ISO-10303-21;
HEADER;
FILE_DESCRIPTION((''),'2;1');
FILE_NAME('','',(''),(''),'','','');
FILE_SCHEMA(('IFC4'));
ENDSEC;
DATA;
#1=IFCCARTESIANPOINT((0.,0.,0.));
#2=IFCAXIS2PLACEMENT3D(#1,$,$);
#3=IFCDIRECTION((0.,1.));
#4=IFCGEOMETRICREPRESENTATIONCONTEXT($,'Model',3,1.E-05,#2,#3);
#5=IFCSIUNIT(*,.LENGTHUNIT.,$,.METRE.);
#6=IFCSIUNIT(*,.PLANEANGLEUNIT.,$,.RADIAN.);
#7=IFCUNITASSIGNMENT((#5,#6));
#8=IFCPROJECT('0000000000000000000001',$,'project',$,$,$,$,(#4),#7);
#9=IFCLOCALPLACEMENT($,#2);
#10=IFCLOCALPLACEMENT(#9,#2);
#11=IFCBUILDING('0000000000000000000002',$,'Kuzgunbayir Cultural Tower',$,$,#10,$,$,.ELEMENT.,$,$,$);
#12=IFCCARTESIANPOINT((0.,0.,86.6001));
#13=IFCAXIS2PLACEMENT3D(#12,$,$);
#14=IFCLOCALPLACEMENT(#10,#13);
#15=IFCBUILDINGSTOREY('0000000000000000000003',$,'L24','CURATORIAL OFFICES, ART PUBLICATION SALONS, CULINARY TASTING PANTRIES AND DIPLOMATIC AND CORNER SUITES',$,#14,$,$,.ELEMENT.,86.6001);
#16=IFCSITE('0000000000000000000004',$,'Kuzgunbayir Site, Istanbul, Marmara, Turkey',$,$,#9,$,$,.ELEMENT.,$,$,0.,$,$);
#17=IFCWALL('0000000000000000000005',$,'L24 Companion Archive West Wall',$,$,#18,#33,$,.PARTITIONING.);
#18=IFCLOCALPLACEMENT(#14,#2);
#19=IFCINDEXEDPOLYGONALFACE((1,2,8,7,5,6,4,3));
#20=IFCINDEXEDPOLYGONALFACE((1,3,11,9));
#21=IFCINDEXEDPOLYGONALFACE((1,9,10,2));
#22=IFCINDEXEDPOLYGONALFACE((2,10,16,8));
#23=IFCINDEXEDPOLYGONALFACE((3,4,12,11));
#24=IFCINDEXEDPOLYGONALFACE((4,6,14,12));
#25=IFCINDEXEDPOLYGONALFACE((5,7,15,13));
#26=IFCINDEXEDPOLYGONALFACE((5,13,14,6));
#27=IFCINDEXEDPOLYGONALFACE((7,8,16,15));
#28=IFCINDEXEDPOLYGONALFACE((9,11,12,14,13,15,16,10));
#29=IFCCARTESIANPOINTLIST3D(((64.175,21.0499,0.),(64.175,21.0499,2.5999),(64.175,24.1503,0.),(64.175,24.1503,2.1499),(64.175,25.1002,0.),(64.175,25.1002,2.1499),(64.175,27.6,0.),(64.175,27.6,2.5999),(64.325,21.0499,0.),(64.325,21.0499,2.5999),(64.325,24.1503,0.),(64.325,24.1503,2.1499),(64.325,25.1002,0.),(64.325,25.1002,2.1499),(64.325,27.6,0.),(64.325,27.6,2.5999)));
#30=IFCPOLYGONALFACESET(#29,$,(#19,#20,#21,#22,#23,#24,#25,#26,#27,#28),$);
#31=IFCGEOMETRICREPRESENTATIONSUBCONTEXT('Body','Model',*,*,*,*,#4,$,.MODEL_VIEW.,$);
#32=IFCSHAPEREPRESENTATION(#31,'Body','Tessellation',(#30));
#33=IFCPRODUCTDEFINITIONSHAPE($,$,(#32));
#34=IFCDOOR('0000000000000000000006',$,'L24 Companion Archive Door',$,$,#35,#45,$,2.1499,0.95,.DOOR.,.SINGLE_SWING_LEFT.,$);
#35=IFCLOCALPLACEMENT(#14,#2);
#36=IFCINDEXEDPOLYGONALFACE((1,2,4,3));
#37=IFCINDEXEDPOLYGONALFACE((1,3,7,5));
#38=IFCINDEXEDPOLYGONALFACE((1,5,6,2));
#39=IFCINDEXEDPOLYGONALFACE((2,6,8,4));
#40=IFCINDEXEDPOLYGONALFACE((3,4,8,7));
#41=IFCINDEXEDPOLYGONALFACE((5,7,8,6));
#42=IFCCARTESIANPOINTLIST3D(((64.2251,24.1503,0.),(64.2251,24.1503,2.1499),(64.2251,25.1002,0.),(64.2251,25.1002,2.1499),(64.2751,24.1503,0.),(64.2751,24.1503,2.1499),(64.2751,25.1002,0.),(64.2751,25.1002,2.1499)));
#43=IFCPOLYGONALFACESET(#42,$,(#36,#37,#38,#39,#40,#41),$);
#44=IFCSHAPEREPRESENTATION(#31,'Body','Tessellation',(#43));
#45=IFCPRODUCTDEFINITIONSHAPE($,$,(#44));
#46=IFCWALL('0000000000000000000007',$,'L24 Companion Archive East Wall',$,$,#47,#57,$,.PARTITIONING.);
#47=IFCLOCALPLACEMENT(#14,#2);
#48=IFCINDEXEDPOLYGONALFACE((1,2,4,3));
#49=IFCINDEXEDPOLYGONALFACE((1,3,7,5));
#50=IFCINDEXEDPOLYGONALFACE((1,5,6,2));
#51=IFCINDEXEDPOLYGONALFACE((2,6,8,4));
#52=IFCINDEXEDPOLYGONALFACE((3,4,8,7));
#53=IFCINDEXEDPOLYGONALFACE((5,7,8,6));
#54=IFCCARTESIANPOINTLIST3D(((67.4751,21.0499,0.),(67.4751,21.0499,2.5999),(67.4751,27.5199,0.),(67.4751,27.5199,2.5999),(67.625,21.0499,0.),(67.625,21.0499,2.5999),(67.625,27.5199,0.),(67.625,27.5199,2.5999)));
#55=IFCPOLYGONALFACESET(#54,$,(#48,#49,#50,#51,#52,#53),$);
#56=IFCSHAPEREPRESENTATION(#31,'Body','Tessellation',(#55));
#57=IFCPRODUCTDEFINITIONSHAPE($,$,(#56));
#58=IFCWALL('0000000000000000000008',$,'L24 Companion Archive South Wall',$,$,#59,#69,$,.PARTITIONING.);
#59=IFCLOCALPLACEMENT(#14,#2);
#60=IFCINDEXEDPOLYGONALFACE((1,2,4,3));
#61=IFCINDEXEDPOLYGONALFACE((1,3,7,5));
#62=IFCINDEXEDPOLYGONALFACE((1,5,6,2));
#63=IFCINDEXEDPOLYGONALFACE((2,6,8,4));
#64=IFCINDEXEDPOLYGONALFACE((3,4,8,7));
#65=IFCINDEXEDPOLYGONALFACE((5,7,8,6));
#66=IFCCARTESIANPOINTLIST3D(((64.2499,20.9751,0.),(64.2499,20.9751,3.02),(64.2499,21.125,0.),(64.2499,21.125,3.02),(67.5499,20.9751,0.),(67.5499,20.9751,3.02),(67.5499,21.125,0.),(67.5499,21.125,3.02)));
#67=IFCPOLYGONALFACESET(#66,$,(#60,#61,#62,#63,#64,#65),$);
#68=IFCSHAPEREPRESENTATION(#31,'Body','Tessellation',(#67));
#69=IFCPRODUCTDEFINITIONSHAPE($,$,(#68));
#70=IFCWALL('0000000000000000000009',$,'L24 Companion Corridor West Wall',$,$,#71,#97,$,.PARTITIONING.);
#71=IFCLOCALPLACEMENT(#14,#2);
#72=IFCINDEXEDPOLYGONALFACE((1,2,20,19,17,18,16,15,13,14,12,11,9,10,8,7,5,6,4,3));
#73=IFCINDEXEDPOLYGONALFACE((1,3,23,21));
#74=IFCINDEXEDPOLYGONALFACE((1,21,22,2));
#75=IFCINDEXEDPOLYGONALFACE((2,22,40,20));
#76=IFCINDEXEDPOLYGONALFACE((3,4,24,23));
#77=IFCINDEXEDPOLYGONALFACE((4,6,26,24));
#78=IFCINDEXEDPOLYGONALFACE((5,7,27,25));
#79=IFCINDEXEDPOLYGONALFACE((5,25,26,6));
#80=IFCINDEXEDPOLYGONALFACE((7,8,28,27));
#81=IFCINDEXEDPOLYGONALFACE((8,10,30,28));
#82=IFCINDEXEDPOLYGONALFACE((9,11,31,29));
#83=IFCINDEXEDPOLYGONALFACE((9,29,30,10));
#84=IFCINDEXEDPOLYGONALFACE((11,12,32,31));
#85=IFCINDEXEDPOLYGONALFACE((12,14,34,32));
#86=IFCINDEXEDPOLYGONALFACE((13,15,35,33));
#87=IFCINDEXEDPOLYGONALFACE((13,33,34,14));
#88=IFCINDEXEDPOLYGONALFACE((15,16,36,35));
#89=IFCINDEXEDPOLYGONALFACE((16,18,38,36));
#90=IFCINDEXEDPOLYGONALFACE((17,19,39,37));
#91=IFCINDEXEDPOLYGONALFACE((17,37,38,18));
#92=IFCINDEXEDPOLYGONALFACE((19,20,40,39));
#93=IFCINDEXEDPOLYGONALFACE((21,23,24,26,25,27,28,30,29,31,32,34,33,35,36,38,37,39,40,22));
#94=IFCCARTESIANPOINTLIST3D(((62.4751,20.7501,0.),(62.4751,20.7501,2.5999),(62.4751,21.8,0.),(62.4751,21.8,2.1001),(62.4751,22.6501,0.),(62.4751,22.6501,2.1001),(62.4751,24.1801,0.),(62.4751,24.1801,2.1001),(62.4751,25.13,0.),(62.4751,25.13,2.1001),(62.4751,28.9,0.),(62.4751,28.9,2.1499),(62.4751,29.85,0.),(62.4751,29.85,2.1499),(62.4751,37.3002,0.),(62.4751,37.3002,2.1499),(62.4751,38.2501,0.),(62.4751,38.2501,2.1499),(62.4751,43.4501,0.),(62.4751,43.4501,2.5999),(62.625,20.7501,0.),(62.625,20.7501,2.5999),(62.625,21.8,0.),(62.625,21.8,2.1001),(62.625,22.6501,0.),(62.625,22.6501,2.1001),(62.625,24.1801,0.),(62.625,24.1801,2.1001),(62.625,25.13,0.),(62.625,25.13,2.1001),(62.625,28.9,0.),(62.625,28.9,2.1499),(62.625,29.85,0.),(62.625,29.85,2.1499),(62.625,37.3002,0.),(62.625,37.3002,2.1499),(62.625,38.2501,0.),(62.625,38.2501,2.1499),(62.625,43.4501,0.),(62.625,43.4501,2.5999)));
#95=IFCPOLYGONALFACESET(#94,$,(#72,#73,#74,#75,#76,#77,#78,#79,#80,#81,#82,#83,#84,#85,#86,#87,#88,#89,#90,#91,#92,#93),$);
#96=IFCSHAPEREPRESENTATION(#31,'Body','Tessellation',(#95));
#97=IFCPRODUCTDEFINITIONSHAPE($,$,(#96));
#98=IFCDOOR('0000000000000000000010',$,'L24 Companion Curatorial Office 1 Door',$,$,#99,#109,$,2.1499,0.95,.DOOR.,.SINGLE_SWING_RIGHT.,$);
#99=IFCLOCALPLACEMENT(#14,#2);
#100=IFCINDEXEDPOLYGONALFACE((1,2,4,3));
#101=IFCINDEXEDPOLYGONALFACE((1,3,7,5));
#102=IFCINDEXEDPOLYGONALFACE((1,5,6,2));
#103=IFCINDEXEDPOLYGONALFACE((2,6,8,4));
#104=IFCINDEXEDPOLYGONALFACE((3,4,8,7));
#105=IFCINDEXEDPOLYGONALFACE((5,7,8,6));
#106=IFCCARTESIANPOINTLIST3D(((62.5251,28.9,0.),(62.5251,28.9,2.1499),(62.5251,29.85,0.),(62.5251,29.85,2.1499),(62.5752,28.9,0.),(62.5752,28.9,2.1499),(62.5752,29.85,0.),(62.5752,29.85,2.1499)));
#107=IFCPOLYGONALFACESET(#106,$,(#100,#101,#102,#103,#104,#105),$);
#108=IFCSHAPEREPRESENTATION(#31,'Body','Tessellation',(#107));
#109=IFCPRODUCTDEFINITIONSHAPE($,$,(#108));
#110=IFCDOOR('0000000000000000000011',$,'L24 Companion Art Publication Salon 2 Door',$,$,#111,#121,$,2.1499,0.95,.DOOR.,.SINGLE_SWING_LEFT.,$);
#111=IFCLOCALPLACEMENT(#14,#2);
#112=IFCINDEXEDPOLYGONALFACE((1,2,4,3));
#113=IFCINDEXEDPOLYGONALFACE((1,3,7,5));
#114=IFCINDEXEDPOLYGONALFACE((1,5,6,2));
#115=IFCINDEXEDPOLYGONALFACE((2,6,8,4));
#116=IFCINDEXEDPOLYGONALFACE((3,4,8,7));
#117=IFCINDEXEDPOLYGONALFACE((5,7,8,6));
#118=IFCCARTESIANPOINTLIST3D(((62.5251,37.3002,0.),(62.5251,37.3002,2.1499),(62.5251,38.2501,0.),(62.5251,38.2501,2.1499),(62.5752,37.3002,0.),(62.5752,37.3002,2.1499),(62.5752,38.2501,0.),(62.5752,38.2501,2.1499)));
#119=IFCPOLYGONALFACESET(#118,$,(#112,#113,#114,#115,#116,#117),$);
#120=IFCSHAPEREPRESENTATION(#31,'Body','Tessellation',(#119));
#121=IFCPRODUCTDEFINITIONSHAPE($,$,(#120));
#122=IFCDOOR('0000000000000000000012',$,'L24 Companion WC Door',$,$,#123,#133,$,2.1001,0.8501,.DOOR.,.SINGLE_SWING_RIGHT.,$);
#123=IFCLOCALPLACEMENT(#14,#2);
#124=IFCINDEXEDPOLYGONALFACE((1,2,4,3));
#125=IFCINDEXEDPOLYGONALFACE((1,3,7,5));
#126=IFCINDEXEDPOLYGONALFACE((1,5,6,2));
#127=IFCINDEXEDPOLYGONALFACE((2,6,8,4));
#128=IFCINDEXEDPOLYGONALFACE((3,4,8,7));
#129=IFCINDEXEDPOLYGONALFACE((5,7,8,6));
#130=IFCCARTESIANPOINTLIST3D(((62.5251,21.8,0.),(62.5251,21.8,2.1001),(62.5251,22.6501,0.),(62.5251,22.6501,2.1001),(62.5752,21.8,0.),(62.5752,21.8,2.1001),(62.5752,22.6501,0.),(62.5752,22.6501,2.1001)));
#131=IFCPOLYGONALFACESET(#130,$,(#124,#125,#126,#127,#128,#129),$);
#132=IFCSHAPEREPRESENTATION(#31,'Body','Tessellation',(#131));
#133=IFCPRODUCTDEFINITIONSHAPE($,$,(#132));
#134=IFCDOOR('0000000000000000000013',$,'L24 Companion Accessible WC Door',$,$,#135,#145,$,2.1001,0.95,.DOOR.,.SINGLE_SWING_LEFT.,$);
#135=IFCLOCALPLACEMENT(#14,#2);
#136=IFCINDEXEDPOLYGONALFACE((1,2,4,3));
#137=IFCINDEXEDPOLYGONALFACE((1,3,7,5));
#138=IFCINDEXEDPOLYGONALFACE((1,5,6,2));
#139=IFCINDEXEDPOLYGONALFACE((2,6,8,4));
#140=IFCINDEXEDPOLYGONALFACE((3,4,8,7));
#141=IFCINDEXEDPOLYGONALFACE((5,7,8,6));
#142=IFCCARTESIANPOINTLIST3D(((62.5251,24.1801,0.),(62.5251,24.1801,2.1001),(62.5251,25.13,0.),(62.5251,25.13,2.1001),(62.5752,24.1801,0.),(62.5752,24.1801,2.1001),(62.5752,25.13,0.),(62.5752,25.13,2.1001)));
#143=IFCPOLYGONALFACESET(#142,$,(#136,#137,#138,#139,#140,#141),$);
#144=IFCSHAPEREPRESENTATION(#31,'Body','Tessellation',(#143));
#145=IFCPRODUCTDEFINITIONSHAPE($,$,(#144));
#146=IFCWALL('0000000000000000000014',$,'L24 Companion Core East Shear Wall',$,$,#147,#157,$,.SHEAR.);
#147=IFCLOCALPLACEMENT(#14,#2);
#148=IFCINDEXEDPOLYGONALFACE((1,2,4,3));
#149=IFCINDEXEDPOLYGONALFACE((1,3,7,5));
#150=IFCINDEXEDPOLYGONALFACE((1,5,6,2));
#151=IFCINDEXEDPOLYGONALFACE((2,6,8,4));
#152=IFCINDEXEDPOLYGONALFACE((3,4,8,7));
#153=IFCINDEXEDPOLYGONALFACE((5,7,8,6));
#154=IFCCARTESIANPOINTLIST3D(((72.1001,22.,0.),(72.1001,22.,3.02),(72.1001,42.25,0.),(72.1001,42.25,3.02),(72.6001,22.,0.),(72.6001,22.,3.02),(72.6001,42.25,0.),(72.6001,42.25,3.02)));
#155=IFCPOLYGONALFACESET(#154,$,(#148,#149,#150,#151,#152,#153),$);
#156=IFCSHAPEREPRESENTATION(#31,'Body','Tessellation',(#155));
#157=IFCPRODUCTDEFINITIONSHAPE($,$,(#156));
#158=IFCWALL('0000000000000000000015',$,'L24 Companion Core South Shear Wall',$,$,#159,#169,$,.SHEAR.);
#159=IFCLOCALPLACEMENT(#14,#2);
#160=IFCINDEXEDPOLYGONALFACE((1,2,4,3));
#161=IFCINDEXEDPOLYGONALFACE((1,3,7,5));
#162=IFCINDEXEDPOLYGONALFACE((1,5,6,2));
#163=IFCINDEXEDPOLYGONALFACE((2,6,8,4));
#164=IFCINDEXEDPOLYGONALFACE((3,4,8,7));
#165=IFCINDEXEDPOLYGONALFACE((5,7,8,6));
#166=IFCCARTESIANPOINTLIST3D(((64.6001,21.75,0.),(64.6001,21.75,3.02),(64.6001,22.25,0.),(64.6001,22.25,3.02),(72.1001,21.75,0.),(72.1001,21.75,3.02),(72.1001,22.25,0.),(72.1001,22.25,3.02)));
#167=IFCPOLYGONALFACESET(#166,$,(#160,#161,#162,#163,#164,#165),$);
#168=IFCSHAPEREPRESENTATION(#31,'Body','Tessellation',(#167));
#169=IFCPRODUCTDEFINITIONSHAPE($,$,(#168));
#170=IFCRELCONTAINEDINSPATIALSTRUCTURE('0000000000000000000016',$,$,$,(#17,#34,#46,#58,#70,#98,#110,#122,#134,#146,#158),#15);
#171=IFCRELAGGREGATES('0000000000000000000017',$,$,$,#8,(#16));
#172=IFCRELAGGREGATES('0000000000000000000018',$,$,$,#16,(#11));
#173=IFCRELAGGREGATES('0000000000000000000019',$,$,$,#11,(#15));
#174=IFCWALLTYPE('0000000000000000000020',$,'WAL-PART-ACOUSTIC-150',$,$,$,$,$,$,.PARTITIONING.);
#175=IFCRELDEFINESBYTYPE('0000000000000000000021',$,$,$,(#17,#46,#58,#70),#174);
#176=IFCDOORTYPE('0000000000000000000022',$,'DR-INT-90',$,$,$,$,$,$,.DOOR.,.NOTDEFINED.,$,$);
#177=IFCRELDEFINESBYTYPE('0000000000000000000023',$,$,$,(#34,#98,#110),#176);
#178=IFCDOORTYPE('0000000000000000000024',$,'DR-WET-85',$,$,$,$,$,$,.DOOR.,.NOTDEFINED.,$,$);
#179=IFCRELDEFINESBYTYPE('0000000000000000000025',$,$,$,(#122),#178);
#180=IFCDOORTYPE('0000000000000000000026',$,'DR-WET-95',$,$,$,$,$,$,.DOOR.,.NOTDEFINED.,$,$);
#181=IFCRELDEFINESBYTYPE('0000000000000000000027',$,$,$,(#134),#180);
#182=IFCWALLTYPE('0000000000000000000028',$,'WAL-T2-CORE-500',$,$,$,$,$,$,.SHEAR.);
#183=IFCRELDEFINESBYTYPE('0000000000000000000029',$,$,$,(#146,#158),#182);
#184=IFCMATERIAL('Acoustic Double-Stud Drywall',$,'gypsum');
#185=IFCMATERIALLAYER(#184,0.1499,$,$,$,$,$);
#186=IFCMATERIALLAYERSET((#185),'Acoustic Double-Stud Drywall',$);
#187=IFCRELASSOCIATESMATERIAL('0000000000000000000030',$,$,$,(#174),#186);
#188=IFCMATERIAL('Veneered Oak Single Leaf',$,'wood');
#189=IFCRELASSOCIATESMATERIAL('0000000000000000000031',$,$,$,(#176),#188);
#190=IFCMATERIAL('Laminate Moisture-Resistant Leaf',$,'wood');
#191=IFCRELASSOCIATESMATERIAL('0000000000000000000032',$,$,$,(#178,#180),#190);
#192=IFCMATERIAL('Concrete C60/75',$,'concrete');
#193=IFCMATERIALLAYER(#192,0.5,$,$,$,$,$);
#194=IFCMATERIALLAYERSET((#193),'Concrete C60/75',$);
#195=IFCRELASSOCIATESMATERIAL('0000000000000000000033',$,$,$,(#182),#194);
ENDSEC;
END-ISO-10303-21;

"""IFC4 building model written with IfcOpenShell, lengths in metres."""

from ifc_helpers import new_model, si_unit, direction, frame, frame_2d, origin, place, context, subcontext, project, spatial, rectangle, extrude, material, layer, layer_set, type_object, element, fill, save


model = new_model("IFC4")

# Units and contexts
model_context = context("Model", 3, precision=1e-05, world=origin(), true_north=direction((0.0, 1.0)))
body_context = subcontext(model_context, "Body", "Model", "MODEL_VIEW")
ifc_project = project(units=[si_unit("LENGTHUNIT", "METRE"), si_unit("PLANEANGLEUNIT", "RADIAN")], contexts=[model_context])

# Site, building, storey
site_placement = place(None, origin())
site = spatial("IfcSite", under=ifc_project, at=site_placement, Name="Kuzgunbayir Site, Istanbul, Marmara, Turkey", CompositionType="ELEMENT", RefElevation=0.0)
building_placement = place(site_placement, origin())
building = spatial("IfcBuilding", under=site, at=building_placement, Name="Kuzgunbayir Cultural Tower", CompositionType="ELEMENT")
storey_placement = place(building_placement, frame((0.0, 0.0, 86.6001)))
storey = spatial("IfcBuildingStorey", under=building, at=storey_placement, Name="L24", Description="CURATORIAL OFFICES, ART PUBLICATION SALONS, CULINARY TASTING PANTRIES AND DIPLOMATIC AND CORNER SUITES", CompositionType="ELEMENT", Elevation=86.6001)

# Shared definitions
ifc_material_1 = material(Name="Concrete C60/75", Category="concrete")

# Wall, opening, door
ifc_material_2 = material(Name="Acoustic Double-Stud Drywall", Category="gypsum")
ifc_layer_1 = layer(ifc_material_2, 0.1499)
ifc_layer_set_1 = layer_set([ifc_layer_1], Name="Acoustic Double-Stud Drywall")
wall_type_1 = type_object("IfcWallType", Name="WAL-PART-ACOUSTIC-150", PredefinedType="PARTITIONING", material=ifc_layer_set_1)
wall_1_placement = place(storey_placement, frame((64.25, 21.05, 0.0), z_axis=(0.0, 0.0, 1.0), x_axis=(0.0, 1.0, 0.0)))
wall_1 = element("IfcWall", 1, at=wall_1_placement, inside=storey, type_object=wall_type_1, Name="L24 Companion Archive West Wall", PredefinedType="PARTITIONING", context=body_context, shape_type="SweptSolid", body=[
    extrude(rectangle(XDim=6.55, YDim=0.1499, at=frame_2d((3.2749, 0.0))), origin(), (0.0, 0.0, 1.0), 2.5999),
])
opening_1_placement = place(wall_1_placement, frame((3.1001, 0.0, 0.0)))
opening_1 = element("IfcOpeningElement", 2, at=opening_1_placement, cuts=wall_1, PredefinedType="OPENING", context=body_context, shape_type="SweptSolid", body=[
    extrude(rectangle(XDim=0.95, YDim=2.1499, at=frame_2d((0.4751, 1.075))), frame((0.0, 0.085, 0.0), z_axis=(0.0, -1.0, 0.0), x_axis=(1.0, 0.0, 0.0)), (0.0, 0.0, 1.0), 0.1699),
])
ifc_material_3 = material(Name="Veneered Oak Single Leaf", Category="wood")
door_type_1 = type_object("IfcDoorType", Name="DR-INT-90", OperationType="NOTDEFINED", PredefinedType="DOOR", material=ifc_material_3)
door_1_placement = place(opening_1_placement, origin())
door_1 = element("IfcDoor", 3, at=door_1_placement, inside=storey, type_object=door_type_1, Name="L24 Companion Archive Door", OperationType="SINGLE_SWING_LEFT", OverallHeight=2.1499, OverallWidth=0.95, PredefinedType="DOOR", context=body_context, shape_type="SweptSolid", body=[
    extrude(rectangle(XDim=0.95, YDim=2.1499, at=frame_2d((0.4751, 1.075))), frame((0.0, 0.0249, 0.0), z_axis=(0.0, -1.0, 0.0), x_axis=(1.0, 0.0, 0.0)), (0.0, 0.0, 1.0), 0.05),
])
fill(opening_1, door_1)

# Walls
wall_2_placement = place(storey_placement, frame((67.55, 21.05, 0.0), z_axis=(0.0, 0.0, 1.0), x_axis=(0.0, 1.0, 0.0)))
element("IfcWall", 4, at=wall_2_placement, inside=storey, type_object=wall_type_1, Name="L24 Companion Archive East Wall", PredefinedType="PARTITIONING", context=body_context, shape_type="SweptSolid", body=[
    extrude(rectangle(XDim=6.47, YDim=0.1499, at=frame_2d((3.2349, 0.0))), origin(), (0.0, 0.0, 1.0), 2.5999),
])
wall_3_placement = place(storey_placement, frame((64.25, 21.05, 0.0), z_axis=(0.0, 0.0, 1.0), x_axis=(1.0, 0.0, 0.0)))
element("IfcWall", 5, at=wall_3_placement, inside=storey, type_object=wall_type_1, Name="L24 Companion Archive South Wall", PredefinedType="PARTITIONING", context=body_context, shape_type="SweptSolid", body=[
    extrude(rectangle(XDim=3.3, YDim=0.1499, at=frame_2d((1.6499, 0.0))), origin(), (0.0, 0.0, 1.0), 3.02),
])

# Wall, openings, doors
wall_4_placement = place(storey_placement, frame((62.55, 20.75, 0.0), z_axis=(0.0, 0.0, 1.0), x_axis=(0.0, 1.0, 0.0)))
wall_4 = element("IfcWall", 6, at=wall_4_placement, inside=storey, type_object=wall_type_1, Name="L24 Companion Corridor West Wall", PredefinedType="PARTITIONING", context=body_context, shape_type="SweptSolid", body=[
    extrude(rectangle(XDim=22.7, YDim=0.1499, at=frame_2d((11.3501, 0.0))), origin(), (0.0, 0.0, 1.0), 2.5999),
])
opening_2_placement = place(wall_4_placement, frame((1.05, 0.0, 0.0)))
opening_2 = element("IfcOpeningElement", 7, at=opening_2_placement, cuts=wall_4, PredefinedType="OPENING", context=body_context, shape_type="SweptSolid", body=[
    extrude(rectangle(XDim=0.8501, YDim=2.1001, at=frame_2d((0.425, 1.05))), frame((0.0, 0.085, 0.0), z_axis=(0.0, -1.0, 0.0), x_axis=(1.0, 0.0, 0.0)), (0.0, 0.0, 1.0), 0.1699),
])
opening_3_placement = place(wall_4_placement, frame((3.4299, 0.0, 0.0)))
opening_3 = element("IfcOpeningElement", 8, at=opening_3_placement, cuts=wall_4, PredefinedType="OPENING", context=body_context, shape_type="SweptSolid", body=[
    extrude(rectangle(XDim=0.95, YDim=2.1001, at=frame_2d((0.4751, 1.05))), frame((0.0, 0.085, 0.0), z_axis=(0.0, -1.0, 0.0), x_axis=(1.0, 0.0, 0.0)), (0.0, 0.0, 1.0), 0.1699),
])
opening_4_placement = place(wall_4_placement, frame((8.1499, 0.0, 0.0)))
opening_4 = element("IfcOpeningElement", 9, at=opening_4_placement, cuts=wall_4, PredefinedType="OPENING", context=body_context, shape_type="SweptSolid", body=[
    extrude(rectangle(XDim=0.95, YDim=2.1499, at=frame_2d((0.4751, 1.075))), frame((0.0, 0.085, 0.0), z_axis=(0.0, -1.0, 0.0), x_axis=(1.0, 0.0, 0.0)), (0.0, 0.0, 1.0), 0.1699),
])
opening_5_placement = place(wall_4_placement, frame((16.55, 0.0, 0.0)))
opening_5 = element("IfcOpeningElement", 10, at=opening_5_placement, cuts=wall_4, PredefinedType="OPENING", context=body_context, shape_type="SweptSolid", body=[
    extrude(rectangle(XDim=0.95, YDim=2.1499, at=frame_2d((0.4751, 1.075))), frame((0.0, 0.085, 0.0), z_axis=(0.0, -1.0, 0.0), x_axis=(1.0, 0.0, 0.0)), (0.0, 0.0, 1.0), 0.1699),
])
door_2_placement = place(opening_4_placement, origin())
door_2 = element("IfcDoor", 11, at=door_2_placement, inside=storey, type_object=door_type_1, Name="L24 Companion Curatorial Office 1 Door", OperationType="SINGLE_SWING_RIGHT", OverallHeight=2.1499, OverallWidth=0.95, PredefinedType="DOOR", context=body_context, shape_type="SweptSolid", body=[
    extrude(rectangle(XDim=0.95, YDim=2.1499, at=frame_2d((0.4751, 1.075))), frame((0.0, 0.0249, 0.0), z_axis=(0.0, -1.0, 0.0), x_axis=(1.0, 0.0, 0.0)), (0.0, 0.0, 1.0), 0.05),
])
fill(opening_4, door_2)
door_3_placement = place(opening_5_placement, origin())
door_3 = element("IfcDoor", 12, at=door_3_placement, inside=storey, type_object=door_type_1, Name="L24 Companion Art Publication Salon 2 Door", OperationType="SINGLE_SWING_LEFT", OverallHeight=2.1499, OverallWidth=0.95, PredefinedType="DOOR", context=body_context, shape_type="SweptSolid", body=[
    extrude(rectangle(XDim=0.95, YDim=2.1499, at=frame_2d((0.4751, 1.075))), frame((0.0, 0.0249, 0.0), z_axis=(0.0, -1.0, 0.0), x_axis=(1.0, 0.0, 0.0)), (0.0, 0.0, 1.0), 0.05),
])
fill(opening_5, door_3)
ifc_material_4 = material(Name="Laminate Moisture-Resistant Leaf", Category="wood")
door_type_2 = type_object("IfcDoorType", Name="DR-WET-85", OperationType="NOTDEFINED", PredefinedType="DOOR", material=ifc_material_4)
door_4_placement = place(opening_2_placement, origin())
door_4 = element("IfcDoor", 13, at=door_4_placement, inside=storey, type_object=door_type_2, Name="L24 Companion WC Door", OperationType="SINGLE_SWING_RIGHT", OverallHeight=2.1001, OverallWidth=0.8501, PredefinedType="DOOR", context=body_context, shape_type="SweptSolid", body=[
    extrude(rectangle(XDim=0.8501, YDim=2.1001, at=frame_2d((0.425, 1.05))), frame((0.0, 0.0249, 0.0), z_axis=(0.0, -1.0, 0.0), x_axis=(1.0, 0.0, 0.0)), (0.0, 0.0, 1.0), 0.05),
])
fill(opening_2, door_4)
door_type_3 = type_object("IfcDoorType", Name="DR-WET-95", OperationType="NOTDEFINED", PredefinedType="DOOR", material=ifc_material_4)
door_5_placement = place(opening_3_placement, origin())
door_5 = element("IfcDoor", 14, at=door_5_placement, inside=storey, type_object=door_type_3, Name="L24 Companion Accessible WC Door", OperationType="SINGLE_SWING_LEFT", OverallHeight=2.1001, OverallWidth=0.95, PredefinedType="DOOR", context=body_context, shape_type="SweptSolid", body=[
    extrude(rectangle(XDim=0.95, YDim=2.1001, at=frame_2d((0.4751, 1.05))), frame((0.0, 0.0249, 0.0), z_axis=(0.0, -1.0, 0.0), x_axis=(1.0, 0.0, 0.0)), (0.0, 0.0, 1.0), 0.05),
])
fill(opening_3, door_5)

# Walls
ifc_layer_2 = layer(ifc_material_1, 0.5)
ifc_layer_set_2 = layer_set([ifc_layer_2], Name="Concrete C60/75")
wall_type_2 = type_object("IfcWallType", Name="WAL-T2-CORE-500", PredefinedType="SHEAR", material=ifc_layer_set_2)
wall_5_placement = place(storey_placement, frame((72.3501, 22.0, 0.0), z_axis=(0.0, 0.0, 1.0), x_axis=(0.0, 1.0, 0.0)))
element("IfcWall", 15, at=wall_5_placement, inside=storey, type_object=wall_type_2, Name="L24 Companion Core East Shear Wall", PredefinedType="SHEAR", context=body_context, shape_type="SweptSolid", body=[
    extrude(rectangle(XDim=20.25, YDim=0.5, at=frame_2d((10.125, 0.0))), origin(), (0.0, 0.0, 1.0), 3.02),
])
wall_6_placement = place(storey_placement, frame((64.6001, 22.0, 0.0), z_axis=(0.0, 0.0, 1.0), x_axis=(1.0, 0.0, 0.0)))
element("IfcWall", 16, at=wall_6_placement, inside=storey, type_object=wall_type_2, Name="L24 Companion Core South Shear Wall", PredefinedType="SHEAR", context=body_context, shape_type="SweptSolid", body=[
    extrude(rectangle(XDim=7.5, YDim=0.5, at=frame_2d((3.75, 0.0))), origin(), (0.0, 0.0, 1.0), 3.02),
])

save(model, "model.ifc")
